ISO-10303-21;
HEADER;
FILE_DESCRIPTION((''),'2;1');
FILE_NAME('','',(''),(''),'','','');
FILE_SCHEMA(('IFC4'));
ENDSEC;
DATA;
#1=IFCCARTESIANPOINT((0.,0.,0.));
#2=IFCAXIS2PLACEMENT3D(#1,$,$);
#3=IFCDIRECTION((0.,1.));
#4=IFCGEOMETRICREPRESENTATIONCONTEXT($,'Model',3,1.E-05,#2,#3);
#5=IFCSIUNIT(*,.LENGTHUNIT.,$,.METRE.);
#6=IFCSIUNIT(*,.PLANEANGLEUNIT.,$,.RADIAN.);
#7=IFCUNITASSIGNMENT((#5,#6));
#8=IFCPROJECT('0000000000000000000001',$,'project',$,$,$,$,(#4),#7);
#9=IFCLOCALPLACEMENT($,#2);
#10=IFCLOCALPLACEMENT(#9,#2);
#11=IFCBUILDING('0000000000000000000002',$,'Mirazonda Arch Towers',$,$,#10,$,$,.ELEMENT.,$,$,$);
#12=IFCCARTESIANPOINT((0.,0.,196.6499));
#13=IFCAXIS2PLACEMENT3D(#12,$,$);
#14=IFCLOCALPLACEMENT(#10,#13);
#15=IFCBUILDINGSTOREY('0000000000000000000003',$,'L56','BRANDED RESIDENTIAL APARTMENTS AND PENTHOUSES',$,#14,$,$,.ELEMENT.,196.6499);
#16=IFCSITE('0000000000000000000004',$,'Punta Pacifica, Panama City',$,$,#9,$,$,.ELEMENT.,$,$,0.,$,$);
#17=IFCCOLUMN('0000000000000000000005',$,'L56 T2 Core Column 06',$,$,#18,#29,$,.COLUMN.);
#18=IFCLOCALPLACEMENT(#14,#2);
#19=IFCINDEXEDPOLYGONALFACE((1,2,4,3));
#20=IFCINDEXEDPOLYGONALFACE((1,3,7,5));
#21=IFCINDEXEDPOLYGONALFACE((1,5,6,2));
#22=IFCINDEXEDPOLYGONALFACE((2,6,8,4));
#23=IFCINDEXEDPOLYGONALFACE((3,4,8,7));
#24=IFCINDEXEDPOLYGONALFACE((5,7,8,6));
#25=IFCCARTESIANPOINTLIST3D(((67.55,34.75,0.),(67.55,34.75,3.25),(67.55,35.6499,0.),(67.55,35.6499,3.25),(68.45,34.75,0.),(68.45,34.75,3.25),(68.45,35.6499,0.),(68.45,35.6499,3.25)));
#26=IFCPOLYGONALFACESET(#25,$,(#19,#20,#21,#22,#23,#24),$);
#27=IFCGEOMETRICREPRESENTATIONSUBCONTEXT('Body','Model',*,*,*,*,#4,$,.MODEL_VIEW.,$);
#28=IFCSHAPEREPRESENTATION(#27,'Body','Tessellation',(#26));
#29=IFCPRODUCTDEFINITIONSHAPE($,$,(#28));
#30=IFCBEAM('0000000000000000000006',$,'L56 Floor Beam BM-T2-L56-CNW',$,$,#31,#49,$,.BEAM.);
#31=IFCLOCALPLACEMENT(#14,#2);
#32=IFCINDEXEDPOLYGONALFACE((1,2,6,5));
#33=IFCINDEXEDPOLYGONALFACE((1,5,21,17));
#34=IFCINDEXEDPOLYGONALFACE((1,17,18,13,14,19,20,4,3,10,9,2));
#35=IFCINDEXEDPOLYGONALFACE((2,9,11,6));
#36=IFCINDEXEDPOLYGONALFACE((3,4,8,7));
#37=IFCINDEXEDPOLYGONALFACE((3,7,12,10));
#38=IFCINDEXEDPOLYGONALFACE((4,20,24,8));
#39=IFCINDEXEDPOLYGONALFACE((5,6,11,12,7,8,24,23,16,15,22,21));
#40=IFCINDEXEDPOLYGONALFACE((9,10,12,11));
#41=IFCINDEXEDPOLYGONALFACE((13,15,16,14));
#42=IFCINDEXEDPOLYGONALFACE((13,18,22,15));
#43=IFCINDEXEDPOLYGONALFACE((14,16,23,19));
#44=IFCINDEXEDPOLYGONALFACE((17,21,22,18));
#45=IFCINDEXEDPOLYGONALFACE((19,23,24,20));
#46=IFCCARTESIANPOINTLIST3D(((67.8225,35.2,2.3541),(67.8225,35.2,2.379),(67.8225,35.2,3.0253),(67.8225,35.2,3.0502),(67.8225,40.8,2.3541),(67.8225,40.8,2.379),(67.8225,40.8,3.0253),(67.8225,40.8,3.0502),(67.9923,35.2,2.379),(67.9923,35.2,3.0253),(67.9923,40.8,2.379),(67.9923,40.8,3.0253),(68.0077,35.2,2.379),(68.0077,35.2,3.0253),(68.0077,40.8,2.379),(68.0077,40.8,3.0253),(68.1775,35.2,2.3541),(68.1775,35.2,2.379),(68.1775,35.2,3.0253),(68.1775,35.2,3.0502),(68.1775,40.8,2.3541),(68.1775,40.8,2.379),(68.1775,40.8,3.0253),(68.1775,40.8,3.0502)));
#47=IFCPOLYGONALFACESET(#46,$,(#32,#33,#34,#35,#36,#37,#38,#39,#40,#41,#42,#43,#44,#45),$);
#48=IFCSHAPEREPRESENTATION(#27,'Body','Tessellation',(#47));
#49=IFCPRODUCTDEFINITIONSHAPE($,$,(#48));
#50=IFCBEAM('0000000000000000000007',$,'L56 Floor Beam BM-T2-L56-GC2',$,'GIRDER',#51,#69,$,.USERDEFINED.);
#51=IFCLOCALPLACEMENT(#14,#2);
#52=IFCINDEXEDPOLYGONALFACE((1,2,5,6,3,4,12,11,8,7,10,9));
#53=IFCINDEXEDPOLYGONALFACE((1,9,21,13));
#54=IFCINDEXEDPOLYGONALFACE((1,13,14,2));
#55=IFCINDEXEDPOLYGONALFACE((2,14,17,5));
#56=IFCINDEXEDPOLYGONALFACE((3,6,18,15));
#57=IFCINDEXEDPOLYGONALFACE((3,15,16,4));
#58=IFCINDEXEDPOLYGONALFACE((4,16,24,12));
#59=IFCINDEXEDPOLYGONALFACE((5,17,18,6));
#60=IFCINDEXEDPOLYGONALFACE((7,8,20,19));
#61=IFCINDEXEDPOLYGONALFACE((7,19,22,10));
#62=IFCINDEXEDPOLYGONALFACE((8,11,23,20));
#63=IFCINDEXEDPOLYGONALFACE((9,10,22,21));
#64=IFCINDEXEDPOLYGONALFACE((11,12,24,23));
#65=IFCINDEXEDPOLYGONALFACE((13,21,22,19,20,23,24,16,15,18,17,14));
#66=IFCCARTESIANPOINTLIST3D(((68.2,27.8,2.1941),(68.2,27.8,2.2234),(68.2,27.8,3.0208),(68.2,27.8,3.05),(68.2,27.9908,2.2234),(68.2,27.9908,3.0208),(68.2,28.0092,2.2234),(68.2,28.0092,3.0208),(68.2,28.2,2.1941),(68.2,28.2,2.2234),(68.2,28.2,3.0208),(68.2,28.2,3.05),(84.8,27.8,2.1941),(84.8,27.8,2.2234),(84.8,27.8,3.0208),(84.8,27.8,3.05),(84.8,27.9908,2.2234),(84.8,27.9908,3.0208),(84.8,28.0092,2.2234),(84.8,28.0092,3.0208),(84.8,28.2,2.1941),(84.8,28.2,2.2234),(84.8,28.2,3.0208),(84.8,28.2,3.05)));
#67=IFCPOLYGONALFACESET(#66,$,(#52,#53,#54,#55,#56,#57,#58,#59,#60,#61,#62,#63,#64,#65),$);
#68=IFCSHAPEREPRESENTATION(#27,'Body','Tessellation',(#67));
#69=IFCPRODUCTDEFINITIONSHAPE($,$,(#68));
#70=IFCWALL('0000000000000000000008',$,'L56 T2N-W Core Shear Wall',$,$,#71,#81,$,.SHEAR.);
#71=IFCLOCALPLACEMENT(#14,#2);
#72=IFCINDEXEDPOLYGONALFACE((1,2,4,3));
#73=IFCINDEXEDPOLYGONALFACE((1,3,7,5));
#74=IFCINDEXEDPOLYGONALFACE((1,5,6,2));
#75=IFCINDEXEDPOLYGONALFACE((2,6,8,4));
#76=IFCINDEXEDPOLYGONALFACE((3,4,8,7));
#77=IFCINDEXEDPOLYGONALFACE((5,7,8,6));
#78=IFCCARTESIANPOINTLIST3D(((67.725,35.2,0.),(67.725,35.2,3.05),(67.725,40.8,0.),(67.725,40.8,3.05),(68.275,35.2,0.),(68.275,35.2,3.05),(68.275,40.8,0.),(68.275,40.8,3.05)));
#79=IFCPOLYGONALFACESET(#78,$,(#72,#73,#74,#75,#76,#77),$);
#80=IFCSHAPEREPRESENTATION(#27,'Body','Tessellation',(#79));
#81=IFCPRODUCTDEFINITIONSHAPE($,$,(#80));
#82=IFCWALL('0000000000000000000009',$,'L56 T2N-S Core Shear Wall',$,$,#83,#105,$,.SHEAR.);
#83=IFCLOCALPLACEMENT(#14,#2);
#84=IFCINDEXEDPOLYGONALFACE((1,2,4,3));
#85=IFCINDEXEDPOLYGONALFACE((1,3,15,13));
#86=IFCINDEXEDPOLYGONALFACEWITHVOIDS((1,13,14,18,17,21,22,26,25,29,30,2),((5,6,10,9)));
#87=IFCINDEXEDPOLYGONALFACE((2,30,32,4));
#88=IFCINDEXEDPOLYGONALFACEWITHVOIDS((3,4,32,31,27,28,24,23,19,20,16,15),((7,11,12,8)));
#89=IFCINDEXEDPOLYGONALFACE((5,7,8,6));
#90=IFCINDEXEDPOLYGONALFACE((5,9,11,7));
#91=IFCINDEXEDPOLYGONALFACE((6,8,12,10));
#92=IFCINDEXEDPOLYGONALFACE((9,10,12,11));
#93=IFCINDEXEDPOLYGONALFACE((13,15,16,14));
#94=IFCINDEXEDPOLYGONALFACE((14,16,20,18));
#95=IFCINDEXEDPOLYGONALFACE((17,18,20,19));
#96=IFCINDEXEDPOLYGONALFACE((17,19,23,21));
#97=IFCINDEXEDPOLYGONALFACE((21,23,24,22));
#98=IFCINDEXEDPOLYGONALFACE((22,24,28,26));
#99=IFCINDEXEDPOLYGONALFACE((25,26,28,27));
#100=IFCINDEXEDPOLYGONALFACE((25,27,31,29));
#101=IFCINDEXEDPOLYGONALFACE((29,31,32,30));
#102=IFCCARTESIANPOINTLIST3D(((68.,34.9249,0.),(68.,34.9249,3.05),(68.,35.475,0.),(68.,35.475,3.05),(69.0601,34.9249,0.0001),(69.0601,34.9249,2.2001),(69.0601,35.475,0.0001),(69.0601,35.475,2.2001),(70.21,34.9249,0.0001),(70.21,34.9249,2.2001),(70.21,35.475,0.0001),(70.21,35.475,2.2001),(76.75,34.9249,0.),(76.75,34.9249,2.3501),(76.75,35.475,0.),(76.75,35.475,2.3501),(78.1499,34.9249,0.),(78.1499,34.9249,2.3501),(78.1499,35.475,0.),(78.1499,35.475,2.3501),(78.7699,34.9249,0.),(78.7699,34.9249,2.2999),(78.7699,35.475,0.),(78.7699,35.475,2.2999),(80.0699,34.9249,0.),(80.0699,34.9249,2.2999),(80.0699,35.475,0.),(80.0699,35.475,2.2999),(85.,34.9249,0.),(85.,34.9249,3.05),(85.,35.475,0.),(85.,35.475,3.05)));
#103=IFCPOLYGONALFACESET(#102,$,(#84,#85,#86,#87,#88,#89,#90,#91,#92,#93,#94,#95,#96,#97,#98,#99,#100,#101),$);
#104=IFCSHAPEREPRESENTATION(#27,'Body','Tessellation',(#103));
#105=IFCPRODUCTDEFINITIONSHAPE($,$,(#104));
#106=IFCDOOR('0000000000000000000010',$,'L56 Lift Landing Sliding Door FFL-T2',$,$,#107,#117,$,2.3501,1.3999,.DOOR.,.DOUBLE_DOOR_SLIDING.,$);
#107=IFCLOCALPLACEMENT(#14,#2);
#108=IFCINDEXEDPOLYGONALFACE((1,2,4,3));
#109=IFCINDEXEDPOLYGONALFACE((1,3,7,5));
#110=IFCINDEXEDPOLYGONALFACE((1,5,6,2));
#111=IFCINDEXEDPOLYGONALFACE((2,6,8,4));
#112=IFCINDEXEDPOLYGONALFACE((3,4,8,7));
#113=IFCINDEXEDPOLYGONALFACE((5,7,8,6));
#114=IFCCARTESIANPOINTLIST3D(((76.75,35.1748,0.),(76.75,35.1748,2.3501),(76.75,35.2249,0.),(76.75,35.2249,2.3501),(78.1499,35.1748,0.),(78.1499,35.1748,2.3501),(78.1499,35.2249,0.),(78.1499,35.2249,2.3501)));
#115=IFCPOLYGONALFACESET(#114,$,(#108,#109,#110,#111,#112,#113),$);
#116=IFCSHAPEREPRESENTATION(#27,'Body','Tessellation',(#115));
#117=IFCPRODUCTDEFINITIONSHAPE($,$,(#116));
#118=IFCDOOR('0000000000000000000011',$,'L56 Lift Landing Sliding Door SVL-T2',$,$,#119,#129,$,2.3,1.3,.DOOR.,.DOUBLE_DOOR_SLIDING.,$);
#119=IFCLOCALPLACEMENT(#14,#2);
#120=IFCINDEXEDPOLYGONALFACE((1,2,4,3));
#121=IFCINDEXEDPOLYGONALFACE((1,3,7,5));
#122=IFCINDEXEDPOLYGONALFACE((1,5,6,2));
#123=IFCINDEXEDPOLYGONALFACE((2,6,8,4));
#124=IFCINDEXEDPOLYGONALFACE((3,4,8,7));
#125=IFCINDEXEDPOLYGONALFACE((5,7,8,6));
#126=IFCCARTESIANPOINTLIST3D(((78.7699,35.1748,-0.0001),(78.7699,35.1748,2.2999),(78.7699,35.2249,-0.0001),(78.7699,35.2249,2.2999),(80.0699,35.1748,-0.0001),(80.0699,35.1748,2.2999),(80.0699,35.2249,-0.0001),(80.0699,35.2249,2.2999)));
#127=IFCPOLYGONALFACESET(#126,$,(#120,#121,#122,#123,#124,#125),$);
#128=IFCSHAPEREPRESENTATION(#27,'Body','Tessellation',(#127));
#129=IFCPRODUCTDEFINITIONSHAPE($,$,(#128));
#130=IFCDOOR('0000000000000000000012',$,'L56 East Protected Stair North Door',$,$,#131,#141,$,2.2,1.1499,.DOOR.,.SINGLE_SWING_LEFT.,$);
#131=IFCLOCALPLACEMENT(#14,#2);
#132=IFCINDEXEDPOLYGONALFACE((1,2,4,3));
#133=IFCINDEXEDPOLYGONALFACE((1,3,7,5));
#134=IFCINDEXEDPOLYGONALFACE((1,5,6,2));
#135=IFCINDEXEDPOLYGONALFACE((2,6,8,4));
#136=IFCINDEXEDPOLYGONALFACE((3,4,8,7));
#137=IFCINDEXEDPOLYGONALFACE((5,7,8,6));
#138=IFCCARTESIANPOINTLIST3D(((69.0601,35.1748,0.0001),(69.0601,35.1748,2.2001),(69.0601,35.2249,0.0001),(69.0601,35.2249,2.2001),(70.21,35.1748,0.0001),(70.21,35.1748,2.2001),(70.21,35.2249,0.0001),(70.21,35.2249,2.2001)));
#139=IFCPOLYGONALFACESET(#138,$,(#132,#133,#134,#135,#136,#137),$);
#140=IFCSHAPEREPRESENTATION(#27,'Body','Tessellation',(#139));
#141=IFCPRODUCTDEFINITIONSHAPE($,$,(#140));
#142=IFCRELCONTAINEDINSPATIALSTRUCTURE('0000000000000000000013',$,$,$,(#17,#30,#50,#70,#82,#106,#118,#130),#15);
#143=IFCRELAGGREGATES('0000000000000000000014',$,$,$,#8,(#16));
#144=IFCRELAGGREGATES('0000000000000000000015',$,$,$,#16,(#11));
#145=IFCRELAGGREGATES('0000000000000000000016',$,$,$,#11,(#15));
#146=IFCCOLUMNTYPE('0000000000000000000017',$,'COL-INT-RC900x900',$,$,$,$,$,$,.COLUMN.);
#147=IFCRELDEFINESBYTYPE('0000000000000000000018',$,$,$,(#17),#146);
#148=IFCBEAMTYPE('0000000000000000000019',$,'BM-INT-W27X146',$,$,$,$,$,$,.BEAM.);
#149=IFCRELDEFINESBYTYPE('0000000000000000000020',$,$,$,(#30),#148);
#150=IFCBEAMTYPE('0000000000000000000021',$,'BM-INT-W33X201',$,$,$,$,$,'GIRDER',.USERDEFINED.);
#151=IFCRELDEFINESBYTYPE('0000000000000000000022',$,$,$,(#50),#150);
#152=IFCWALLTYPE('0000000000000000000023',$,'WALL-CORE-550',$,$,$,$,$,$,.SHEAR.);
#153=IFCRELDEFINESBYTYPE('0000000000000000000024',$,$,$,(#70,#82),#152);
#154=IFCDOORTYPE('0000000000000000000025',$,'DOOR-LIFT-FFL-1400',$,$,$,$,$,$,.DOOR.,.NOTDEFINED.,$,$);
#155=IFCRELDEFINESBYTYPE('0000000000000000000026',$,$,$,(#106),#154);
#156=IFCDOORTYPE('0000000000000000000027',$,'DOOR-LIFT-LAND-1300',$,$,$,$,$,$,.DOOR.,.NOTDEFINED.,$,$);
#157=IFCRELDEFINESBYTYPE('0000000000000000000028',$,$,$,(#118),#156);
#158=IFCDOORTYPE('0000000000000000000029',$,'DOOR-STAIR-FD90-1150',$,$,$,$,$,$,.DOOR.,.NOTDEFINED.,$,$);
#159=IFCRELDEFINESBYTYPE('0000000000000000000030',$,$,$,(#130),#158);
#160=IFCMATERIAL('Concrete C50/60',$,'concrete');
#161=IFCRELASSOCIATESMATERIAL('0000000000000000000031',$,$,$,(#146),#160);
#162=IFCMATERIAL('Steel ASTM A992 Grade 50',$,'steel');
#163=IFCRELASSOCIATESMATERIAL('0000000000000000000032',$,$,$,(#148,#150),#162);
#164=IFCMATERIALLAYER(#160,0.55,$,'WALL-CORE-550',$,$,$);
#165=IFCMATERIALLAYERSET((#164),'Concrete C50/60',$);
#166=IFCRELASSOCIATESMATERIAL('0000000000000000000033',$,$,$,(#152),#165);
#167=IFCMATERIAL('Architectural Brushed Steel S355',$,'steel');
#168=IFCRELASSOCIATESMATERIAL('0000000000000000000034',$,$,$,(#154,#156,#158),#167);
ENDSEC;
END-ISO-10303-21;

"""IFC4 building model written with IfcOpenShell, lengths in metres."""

from ifc_helpers import new_model, si_unit, direction, frame, frame_2d, origin, origin_2d, place, context, subcontext, project, spatial, rectangle, i_section, extrude, material, layer, layer_set, material_profile, profile_set, type_object, element, fill, save


model = new_model("IFC4")

# Units and contexts
model_context = context("Model", 3, precision=1e-05, world=origin(), true_north=direction((0.0, 1.0)))
body_context = subcontext(model_context, "Body", "Model", "MODEL_VIEW")
ifc_project = project(units=[si_unit("LENGTHUNIT", "METRE"), si_unit("PLANEANGLEUNIT", "RADIAN")], contexts=[model_context])

# Site, building, storey
site_placement = place(None, origin())
site = spatial("IfcSite", under=ifc_project, at=site_placement, Name="Punta Pacifica, Panama City", CompositionType="ELEMENT", RefElevation=0.0)
building_placement = place(site_placement, origin())
building = spatial("IfcBuilding", under=site, at=building_placement, Name="Mirazonda Arch Towers", CompositionType="ELEMENT")
storey_placement = place(building_placement, frame((0.0, 0.0, 196.6499)))
storey = spatial("IfcBuildingStorey", under=building, at=storey_placement, Name="L56", Description="BRANDED RESIDENTIAL APARTMENTS AND PENTHOUSES", CompositionType="ELEMENT", Elevation=196.6499)

# Column
ifc_material_1 = material(Name="Concrete C50/60", Category="concrete")
ifc_material_profile_1 = material_profile(ifc_material_1, rectangle(XDim=0.8999, YDim=0.8999, at=origin_2d()), Name="RC900x900")
ifc_profile_set_1 = profile_set([ifc_material_profile_1], Name="Concrete C50/60")
column_type = type_object("IfcColumnType", Name="COL-INT-RC900x900", PredefinedType="COLUMN", material=ifc_profile_set_1)
column_placement = place(storey_placement, frame((68.0, 35.2, 0.0), z_axis=(0.0, 0.0, 1.0), x_axis=(1.0, 0.0, 0.0)))
element("IfcColumn", 1, at=column_placement, inside=storey, type_object=column_type, Name="L56 T2 Core Column 06", PredefinedType="COLUMN", context=body_context, shape_type="SweptSolid", body=[
    extrude(rectangle(XDim=0.8999, YDim=0.8999, at=origin_2d()), origin(), (0.0, 0.0, 1.0), 3.25),
])

# Beams
ifc_material_2 = material(Name="Steel ASTM A992 Grade 50", Category="steel")
ifc_material_profile_2 = material_profile(ifc_material_2, i_section(OverallWidth=0.355, OverallDepth=0.696, WebThickness=0.0154, FlangeThickness=0.0249, at=origin_2d()), Name="W27X146")
ifc_profile_set_2 = profile_set([ifc_material_profile_2], Name="Steel ASTM A992 Grade 50")
beam_type_1 = type_object("IfcBeamType", Name="BM-INT-W27X146", PredefinedType="BEAM", material=ifc_profile_set_2)
beam_1_placement = place(storey_placement, frame((68.0, 35.2, 2.7021), z_axis=(0.0, 1.0, 0.0), x_axis=(-1.0, 0.0, 0.0)))
element("IfcBeam", 2, at=beam_1_placement, inside=storey, type_object=beam_type_1, Name="L56 Floor Beam BM-T2-L56-CNW", PredefinedType="BEAM", context=body_context, shape_type="SweptSolid", body=[
    extrude(i_section(OverallWidth=0.355, OverallDepth=0.696, WebThickness=0.0154, FlangeThickness=0.0249, at=origin_2d()), origin(), (0.0, 0.0, 1.0), 5.6001),
])
ifc_material_profile_3 = material_profile(ifc_material_2, i_section(OverallWidth=0.3999, OverallDepth=0.856, WebThickness=0.0183, FlangeThickness=0.0293, at=origin_2d()), Name="W33X201")
ifc_profile_set_3 = profile_set([ifc_material_profile_3], Name="Steel ASTM A992 Grade 50")
beam_type_2 = type_object("IfcBeamType", Name="BM-INT-W33X201", ElementType="GIRDER", PredefinedType="USERDEFINED", material=ifc_profile_set_3)
beam_2_placement = place(storey_placement, frame((68.2, 28.0, 2.6221), z_axis=(1.0, 0.0, 0.0), x_axis=(0.0, 1.0, 0.0)))
element("IfcBeam", 3, at=beam_2_placement, inside=storey, type_object=beam_type_2, Name="L56 Floor Beam BM-T2-L56-GC2", ObjectType="GIRDER", PredefinedType="USERDEFINED", context=body_context, shape_type="SweptSolid", body=[
    extrude(i_section(OverallWidth=0.3999, OverallDepth=0.856, WebThickness=0.0183, FlangeThickness=0.0293, at=origin_2d()), origin(), (0.0, 0.0, 1.0), 16.6001),
])

# Wall
ifc_layer_1 = layer(ifc_material_1, 0.55, Name="WALL-CORE-550")
ifc_layer_set_1 = layer_set([ifc_layer_1], Name="Concrete C50/60")
wall_type_1 = type_object("IfcWallType", Name="WALL-CORE-550", PredefinedType="SHEAR", material=ifc_layer_set_1)
wall_1_placement = place(storey_placement, frame((68.0, 35.2, 0.0), z_axis=(0.0, 0.0, 1.0), x_axis=(0.0, 1.0, 0.0)))
element("IfcWall", 4, at=wall_1_placement, inside=storey, type_object=wall_type_1, Name="L56 T2N-W Core Shear Wall", PredefinedType="SHEAR", context=body_context, shape_type="SweptSolid", body=[
    extrude(rectangle(XDim=5.6001, YDim=0.55, at=frame_2d((2.8, 0.0))), origin(), (0.0, 0.0, 1.0), 3.05),
])

# Wall, openings, doors
wall_2_placement = place(storey_placement, frame((68.0, 35.2, 0.0), z_axis=(0.0, 0.0, 1.0), x_axis=(1.0, 0.0, 0.0)))
wall_2 = element("IfcWall", 5, at=wall_2_placement, inside=storey, type_object=wall_type_1, Name="L56 T2N-S Core Shear Wall", PredefinedType="SHEAR", context=body_context, shape_type="SweptSolid", body=[
    extrude(rectangle(XDim=17.0, YDim=0.55, at=frame_2d((8.5, 0.0))), origin(), (0.0, 0.0, 1.0), 3.05),
])
opening_1_placement = place(wall_2_placement, frame((1.0601, 0.0, 0.0)))
opening_1 = element("IfcOpeningElement", 6, at=opening_1_placement, cuts=wall_2, PredefinedType="OPENING", context=body_context, shape_type="SweptSolid", body=[
    extrude(rectangle(XDim=1.1499, YDim=2.2, at=frame_2d((0.575, 1.1001))), frame((0.0, 0.2849, 0.0), z_axis=(0.0, -1.0, 0.0), x_axis=(1.0, 0.0, 0.0)), (0.0, 0.0, 1.0), 0.5701),
])
opening_2_placement = place(wall_2_placement, frame((8.75, 0.0, 0.0)))
opening_2 = element("IfcOpeningElement", 7, at=opening_2_placement, cuts=wall_2, PredefinedType="OPENING", context=body_context, shape_type="SweptSolid", body=[
    extrude(rectangle(XDim=1.3999, YDim=2.3501, at=frame_2d((0.7, 1.175))), frame((0.0, 0.2849, 0.0), z_axis=(0.0, -1.0, 0.0), x_axis=(1.0, 0.0, 0.0)), (0.0, 0.0, 1.0), 0.5701),
])
opening_3_placement = place(wall_2_placement, frame((10.77, 0.0, 0.0)))
opening_3 = element("IfcOpeningElement", 8, at=opening_3_placement, cuts=wall_2, PredefinedType="OPENING", context=body_context, shape_type="SweptSolid", body=[
    extrude(rectangle(XDim=1.3, YDim=2.3, at=frame_2d((0.6499, 1.1499))), frame((0.0, 0.2849, 0.0), z_axis=(0.0, -1.0, 0.0), x_axis=(1.0, 0.0, 0.0)), (0.0, 0.0, 1.0), 0.5701),
])
ifc_material_3 = material(Name="Architectural Brushed Steel S355", Category="steel")
door_type_1 = type_object("IfcDoorType", Name="DOOR-LIFT-FFL-1400", OperationType="NOTDEFINED", PredefinedType="DOOR", material=ifc_material_3)
door_1_placement = place(opening_2_placement, origin())
door_1 = element("IfcDoor", 9, at=door_1_placement, inside=storey, type_object=door_type_1, Name="L56 Lift Landing Sliding Door FFL-T2", OperationType="DOUBLE_DOOR_SLIDING", OverallHeight=2.3501, OverallWidth=1.3999, PredefinedType="DOOR", context=body_context, shape_type="SweptSolid", body=[
    extrude(rectangle(XDim=1.3999, YDim=2.3501, at=frame_2d((0.7, 1.175))), frame((0.0, 0.0249, 0.0), z_axis=(0.0, -1.0, 0.0), x_axis=(1.0, 0.0, 0.0)), (0.0, 0.0, 1.0), 0.05),
])
fill(opening_2, door_1)
door_type_2 = type_object("IfcDoorType", Name="DOOR-LIFT-LAND-1300", OperationType="NOTDEFINED", PredefinedType="DOOR", material=ifc_material_3)
door_2_placement = place(opening_3_placement, origin())
door_2 = element("IfcDoor", 10, at=door_2_placement, inside=storey, type_object=door_type_2, Name="L56 Lift Landing Sliding Door SVL-T2", OperationType="DOUBLE_DOOR_SLIDING", OverallHeight=2.3, OverallWidth=1.3, PredefinedType="DOOR", context=body_context, shape_type="SweptSolid", body=[
    extrude(rectangle(XDim=1.3, YDim=2.3, at=frame_2d((0.6499, 1.1499))), frame((0.0, 0.0249, 0.0), z_axis=(0.0, -1.0, 0.0), x_axis=(1.0, 0.0, 0.0)), (0.0, 0.0, 1.0), 0.05),
])
fill(opening_3, door_2)
door_type_3 = type_object("IfcDoorType", Name="DOOR-STAIR-FD90-1150", OperationType="NOTDEFINED", PredefinedType="DOOR", material=ifc_material_3)
door_3_placement = place(opening_1_placement, origin())
door_3 = element("IfcDoor", 11, at=door_3_placement, inside=storey, type_object=door_type_3, Name="L56 East Protected Stair North Door", OperationType="SINGLE_SWING_LEFT", OverallHeight=2.2, OverallWidth=1.1499, PredefinedType="DOOR", context=body_context, shape_type="SweptSolid", body=[
    extrude(rectangle(XDim=1.1499, YDim=2.2, at=frame_2d((0.575, 1.1001))), frame((0.0, 0.0249, 0.0), z_axis=(0.0, -1.0, 0.0), x_axis=(1.0, 0.0, 0.0)), (0.0, 0.0, 1.0), 0.05),
])
fill(opening_1, door_3)

save(model, "model.ifc")
